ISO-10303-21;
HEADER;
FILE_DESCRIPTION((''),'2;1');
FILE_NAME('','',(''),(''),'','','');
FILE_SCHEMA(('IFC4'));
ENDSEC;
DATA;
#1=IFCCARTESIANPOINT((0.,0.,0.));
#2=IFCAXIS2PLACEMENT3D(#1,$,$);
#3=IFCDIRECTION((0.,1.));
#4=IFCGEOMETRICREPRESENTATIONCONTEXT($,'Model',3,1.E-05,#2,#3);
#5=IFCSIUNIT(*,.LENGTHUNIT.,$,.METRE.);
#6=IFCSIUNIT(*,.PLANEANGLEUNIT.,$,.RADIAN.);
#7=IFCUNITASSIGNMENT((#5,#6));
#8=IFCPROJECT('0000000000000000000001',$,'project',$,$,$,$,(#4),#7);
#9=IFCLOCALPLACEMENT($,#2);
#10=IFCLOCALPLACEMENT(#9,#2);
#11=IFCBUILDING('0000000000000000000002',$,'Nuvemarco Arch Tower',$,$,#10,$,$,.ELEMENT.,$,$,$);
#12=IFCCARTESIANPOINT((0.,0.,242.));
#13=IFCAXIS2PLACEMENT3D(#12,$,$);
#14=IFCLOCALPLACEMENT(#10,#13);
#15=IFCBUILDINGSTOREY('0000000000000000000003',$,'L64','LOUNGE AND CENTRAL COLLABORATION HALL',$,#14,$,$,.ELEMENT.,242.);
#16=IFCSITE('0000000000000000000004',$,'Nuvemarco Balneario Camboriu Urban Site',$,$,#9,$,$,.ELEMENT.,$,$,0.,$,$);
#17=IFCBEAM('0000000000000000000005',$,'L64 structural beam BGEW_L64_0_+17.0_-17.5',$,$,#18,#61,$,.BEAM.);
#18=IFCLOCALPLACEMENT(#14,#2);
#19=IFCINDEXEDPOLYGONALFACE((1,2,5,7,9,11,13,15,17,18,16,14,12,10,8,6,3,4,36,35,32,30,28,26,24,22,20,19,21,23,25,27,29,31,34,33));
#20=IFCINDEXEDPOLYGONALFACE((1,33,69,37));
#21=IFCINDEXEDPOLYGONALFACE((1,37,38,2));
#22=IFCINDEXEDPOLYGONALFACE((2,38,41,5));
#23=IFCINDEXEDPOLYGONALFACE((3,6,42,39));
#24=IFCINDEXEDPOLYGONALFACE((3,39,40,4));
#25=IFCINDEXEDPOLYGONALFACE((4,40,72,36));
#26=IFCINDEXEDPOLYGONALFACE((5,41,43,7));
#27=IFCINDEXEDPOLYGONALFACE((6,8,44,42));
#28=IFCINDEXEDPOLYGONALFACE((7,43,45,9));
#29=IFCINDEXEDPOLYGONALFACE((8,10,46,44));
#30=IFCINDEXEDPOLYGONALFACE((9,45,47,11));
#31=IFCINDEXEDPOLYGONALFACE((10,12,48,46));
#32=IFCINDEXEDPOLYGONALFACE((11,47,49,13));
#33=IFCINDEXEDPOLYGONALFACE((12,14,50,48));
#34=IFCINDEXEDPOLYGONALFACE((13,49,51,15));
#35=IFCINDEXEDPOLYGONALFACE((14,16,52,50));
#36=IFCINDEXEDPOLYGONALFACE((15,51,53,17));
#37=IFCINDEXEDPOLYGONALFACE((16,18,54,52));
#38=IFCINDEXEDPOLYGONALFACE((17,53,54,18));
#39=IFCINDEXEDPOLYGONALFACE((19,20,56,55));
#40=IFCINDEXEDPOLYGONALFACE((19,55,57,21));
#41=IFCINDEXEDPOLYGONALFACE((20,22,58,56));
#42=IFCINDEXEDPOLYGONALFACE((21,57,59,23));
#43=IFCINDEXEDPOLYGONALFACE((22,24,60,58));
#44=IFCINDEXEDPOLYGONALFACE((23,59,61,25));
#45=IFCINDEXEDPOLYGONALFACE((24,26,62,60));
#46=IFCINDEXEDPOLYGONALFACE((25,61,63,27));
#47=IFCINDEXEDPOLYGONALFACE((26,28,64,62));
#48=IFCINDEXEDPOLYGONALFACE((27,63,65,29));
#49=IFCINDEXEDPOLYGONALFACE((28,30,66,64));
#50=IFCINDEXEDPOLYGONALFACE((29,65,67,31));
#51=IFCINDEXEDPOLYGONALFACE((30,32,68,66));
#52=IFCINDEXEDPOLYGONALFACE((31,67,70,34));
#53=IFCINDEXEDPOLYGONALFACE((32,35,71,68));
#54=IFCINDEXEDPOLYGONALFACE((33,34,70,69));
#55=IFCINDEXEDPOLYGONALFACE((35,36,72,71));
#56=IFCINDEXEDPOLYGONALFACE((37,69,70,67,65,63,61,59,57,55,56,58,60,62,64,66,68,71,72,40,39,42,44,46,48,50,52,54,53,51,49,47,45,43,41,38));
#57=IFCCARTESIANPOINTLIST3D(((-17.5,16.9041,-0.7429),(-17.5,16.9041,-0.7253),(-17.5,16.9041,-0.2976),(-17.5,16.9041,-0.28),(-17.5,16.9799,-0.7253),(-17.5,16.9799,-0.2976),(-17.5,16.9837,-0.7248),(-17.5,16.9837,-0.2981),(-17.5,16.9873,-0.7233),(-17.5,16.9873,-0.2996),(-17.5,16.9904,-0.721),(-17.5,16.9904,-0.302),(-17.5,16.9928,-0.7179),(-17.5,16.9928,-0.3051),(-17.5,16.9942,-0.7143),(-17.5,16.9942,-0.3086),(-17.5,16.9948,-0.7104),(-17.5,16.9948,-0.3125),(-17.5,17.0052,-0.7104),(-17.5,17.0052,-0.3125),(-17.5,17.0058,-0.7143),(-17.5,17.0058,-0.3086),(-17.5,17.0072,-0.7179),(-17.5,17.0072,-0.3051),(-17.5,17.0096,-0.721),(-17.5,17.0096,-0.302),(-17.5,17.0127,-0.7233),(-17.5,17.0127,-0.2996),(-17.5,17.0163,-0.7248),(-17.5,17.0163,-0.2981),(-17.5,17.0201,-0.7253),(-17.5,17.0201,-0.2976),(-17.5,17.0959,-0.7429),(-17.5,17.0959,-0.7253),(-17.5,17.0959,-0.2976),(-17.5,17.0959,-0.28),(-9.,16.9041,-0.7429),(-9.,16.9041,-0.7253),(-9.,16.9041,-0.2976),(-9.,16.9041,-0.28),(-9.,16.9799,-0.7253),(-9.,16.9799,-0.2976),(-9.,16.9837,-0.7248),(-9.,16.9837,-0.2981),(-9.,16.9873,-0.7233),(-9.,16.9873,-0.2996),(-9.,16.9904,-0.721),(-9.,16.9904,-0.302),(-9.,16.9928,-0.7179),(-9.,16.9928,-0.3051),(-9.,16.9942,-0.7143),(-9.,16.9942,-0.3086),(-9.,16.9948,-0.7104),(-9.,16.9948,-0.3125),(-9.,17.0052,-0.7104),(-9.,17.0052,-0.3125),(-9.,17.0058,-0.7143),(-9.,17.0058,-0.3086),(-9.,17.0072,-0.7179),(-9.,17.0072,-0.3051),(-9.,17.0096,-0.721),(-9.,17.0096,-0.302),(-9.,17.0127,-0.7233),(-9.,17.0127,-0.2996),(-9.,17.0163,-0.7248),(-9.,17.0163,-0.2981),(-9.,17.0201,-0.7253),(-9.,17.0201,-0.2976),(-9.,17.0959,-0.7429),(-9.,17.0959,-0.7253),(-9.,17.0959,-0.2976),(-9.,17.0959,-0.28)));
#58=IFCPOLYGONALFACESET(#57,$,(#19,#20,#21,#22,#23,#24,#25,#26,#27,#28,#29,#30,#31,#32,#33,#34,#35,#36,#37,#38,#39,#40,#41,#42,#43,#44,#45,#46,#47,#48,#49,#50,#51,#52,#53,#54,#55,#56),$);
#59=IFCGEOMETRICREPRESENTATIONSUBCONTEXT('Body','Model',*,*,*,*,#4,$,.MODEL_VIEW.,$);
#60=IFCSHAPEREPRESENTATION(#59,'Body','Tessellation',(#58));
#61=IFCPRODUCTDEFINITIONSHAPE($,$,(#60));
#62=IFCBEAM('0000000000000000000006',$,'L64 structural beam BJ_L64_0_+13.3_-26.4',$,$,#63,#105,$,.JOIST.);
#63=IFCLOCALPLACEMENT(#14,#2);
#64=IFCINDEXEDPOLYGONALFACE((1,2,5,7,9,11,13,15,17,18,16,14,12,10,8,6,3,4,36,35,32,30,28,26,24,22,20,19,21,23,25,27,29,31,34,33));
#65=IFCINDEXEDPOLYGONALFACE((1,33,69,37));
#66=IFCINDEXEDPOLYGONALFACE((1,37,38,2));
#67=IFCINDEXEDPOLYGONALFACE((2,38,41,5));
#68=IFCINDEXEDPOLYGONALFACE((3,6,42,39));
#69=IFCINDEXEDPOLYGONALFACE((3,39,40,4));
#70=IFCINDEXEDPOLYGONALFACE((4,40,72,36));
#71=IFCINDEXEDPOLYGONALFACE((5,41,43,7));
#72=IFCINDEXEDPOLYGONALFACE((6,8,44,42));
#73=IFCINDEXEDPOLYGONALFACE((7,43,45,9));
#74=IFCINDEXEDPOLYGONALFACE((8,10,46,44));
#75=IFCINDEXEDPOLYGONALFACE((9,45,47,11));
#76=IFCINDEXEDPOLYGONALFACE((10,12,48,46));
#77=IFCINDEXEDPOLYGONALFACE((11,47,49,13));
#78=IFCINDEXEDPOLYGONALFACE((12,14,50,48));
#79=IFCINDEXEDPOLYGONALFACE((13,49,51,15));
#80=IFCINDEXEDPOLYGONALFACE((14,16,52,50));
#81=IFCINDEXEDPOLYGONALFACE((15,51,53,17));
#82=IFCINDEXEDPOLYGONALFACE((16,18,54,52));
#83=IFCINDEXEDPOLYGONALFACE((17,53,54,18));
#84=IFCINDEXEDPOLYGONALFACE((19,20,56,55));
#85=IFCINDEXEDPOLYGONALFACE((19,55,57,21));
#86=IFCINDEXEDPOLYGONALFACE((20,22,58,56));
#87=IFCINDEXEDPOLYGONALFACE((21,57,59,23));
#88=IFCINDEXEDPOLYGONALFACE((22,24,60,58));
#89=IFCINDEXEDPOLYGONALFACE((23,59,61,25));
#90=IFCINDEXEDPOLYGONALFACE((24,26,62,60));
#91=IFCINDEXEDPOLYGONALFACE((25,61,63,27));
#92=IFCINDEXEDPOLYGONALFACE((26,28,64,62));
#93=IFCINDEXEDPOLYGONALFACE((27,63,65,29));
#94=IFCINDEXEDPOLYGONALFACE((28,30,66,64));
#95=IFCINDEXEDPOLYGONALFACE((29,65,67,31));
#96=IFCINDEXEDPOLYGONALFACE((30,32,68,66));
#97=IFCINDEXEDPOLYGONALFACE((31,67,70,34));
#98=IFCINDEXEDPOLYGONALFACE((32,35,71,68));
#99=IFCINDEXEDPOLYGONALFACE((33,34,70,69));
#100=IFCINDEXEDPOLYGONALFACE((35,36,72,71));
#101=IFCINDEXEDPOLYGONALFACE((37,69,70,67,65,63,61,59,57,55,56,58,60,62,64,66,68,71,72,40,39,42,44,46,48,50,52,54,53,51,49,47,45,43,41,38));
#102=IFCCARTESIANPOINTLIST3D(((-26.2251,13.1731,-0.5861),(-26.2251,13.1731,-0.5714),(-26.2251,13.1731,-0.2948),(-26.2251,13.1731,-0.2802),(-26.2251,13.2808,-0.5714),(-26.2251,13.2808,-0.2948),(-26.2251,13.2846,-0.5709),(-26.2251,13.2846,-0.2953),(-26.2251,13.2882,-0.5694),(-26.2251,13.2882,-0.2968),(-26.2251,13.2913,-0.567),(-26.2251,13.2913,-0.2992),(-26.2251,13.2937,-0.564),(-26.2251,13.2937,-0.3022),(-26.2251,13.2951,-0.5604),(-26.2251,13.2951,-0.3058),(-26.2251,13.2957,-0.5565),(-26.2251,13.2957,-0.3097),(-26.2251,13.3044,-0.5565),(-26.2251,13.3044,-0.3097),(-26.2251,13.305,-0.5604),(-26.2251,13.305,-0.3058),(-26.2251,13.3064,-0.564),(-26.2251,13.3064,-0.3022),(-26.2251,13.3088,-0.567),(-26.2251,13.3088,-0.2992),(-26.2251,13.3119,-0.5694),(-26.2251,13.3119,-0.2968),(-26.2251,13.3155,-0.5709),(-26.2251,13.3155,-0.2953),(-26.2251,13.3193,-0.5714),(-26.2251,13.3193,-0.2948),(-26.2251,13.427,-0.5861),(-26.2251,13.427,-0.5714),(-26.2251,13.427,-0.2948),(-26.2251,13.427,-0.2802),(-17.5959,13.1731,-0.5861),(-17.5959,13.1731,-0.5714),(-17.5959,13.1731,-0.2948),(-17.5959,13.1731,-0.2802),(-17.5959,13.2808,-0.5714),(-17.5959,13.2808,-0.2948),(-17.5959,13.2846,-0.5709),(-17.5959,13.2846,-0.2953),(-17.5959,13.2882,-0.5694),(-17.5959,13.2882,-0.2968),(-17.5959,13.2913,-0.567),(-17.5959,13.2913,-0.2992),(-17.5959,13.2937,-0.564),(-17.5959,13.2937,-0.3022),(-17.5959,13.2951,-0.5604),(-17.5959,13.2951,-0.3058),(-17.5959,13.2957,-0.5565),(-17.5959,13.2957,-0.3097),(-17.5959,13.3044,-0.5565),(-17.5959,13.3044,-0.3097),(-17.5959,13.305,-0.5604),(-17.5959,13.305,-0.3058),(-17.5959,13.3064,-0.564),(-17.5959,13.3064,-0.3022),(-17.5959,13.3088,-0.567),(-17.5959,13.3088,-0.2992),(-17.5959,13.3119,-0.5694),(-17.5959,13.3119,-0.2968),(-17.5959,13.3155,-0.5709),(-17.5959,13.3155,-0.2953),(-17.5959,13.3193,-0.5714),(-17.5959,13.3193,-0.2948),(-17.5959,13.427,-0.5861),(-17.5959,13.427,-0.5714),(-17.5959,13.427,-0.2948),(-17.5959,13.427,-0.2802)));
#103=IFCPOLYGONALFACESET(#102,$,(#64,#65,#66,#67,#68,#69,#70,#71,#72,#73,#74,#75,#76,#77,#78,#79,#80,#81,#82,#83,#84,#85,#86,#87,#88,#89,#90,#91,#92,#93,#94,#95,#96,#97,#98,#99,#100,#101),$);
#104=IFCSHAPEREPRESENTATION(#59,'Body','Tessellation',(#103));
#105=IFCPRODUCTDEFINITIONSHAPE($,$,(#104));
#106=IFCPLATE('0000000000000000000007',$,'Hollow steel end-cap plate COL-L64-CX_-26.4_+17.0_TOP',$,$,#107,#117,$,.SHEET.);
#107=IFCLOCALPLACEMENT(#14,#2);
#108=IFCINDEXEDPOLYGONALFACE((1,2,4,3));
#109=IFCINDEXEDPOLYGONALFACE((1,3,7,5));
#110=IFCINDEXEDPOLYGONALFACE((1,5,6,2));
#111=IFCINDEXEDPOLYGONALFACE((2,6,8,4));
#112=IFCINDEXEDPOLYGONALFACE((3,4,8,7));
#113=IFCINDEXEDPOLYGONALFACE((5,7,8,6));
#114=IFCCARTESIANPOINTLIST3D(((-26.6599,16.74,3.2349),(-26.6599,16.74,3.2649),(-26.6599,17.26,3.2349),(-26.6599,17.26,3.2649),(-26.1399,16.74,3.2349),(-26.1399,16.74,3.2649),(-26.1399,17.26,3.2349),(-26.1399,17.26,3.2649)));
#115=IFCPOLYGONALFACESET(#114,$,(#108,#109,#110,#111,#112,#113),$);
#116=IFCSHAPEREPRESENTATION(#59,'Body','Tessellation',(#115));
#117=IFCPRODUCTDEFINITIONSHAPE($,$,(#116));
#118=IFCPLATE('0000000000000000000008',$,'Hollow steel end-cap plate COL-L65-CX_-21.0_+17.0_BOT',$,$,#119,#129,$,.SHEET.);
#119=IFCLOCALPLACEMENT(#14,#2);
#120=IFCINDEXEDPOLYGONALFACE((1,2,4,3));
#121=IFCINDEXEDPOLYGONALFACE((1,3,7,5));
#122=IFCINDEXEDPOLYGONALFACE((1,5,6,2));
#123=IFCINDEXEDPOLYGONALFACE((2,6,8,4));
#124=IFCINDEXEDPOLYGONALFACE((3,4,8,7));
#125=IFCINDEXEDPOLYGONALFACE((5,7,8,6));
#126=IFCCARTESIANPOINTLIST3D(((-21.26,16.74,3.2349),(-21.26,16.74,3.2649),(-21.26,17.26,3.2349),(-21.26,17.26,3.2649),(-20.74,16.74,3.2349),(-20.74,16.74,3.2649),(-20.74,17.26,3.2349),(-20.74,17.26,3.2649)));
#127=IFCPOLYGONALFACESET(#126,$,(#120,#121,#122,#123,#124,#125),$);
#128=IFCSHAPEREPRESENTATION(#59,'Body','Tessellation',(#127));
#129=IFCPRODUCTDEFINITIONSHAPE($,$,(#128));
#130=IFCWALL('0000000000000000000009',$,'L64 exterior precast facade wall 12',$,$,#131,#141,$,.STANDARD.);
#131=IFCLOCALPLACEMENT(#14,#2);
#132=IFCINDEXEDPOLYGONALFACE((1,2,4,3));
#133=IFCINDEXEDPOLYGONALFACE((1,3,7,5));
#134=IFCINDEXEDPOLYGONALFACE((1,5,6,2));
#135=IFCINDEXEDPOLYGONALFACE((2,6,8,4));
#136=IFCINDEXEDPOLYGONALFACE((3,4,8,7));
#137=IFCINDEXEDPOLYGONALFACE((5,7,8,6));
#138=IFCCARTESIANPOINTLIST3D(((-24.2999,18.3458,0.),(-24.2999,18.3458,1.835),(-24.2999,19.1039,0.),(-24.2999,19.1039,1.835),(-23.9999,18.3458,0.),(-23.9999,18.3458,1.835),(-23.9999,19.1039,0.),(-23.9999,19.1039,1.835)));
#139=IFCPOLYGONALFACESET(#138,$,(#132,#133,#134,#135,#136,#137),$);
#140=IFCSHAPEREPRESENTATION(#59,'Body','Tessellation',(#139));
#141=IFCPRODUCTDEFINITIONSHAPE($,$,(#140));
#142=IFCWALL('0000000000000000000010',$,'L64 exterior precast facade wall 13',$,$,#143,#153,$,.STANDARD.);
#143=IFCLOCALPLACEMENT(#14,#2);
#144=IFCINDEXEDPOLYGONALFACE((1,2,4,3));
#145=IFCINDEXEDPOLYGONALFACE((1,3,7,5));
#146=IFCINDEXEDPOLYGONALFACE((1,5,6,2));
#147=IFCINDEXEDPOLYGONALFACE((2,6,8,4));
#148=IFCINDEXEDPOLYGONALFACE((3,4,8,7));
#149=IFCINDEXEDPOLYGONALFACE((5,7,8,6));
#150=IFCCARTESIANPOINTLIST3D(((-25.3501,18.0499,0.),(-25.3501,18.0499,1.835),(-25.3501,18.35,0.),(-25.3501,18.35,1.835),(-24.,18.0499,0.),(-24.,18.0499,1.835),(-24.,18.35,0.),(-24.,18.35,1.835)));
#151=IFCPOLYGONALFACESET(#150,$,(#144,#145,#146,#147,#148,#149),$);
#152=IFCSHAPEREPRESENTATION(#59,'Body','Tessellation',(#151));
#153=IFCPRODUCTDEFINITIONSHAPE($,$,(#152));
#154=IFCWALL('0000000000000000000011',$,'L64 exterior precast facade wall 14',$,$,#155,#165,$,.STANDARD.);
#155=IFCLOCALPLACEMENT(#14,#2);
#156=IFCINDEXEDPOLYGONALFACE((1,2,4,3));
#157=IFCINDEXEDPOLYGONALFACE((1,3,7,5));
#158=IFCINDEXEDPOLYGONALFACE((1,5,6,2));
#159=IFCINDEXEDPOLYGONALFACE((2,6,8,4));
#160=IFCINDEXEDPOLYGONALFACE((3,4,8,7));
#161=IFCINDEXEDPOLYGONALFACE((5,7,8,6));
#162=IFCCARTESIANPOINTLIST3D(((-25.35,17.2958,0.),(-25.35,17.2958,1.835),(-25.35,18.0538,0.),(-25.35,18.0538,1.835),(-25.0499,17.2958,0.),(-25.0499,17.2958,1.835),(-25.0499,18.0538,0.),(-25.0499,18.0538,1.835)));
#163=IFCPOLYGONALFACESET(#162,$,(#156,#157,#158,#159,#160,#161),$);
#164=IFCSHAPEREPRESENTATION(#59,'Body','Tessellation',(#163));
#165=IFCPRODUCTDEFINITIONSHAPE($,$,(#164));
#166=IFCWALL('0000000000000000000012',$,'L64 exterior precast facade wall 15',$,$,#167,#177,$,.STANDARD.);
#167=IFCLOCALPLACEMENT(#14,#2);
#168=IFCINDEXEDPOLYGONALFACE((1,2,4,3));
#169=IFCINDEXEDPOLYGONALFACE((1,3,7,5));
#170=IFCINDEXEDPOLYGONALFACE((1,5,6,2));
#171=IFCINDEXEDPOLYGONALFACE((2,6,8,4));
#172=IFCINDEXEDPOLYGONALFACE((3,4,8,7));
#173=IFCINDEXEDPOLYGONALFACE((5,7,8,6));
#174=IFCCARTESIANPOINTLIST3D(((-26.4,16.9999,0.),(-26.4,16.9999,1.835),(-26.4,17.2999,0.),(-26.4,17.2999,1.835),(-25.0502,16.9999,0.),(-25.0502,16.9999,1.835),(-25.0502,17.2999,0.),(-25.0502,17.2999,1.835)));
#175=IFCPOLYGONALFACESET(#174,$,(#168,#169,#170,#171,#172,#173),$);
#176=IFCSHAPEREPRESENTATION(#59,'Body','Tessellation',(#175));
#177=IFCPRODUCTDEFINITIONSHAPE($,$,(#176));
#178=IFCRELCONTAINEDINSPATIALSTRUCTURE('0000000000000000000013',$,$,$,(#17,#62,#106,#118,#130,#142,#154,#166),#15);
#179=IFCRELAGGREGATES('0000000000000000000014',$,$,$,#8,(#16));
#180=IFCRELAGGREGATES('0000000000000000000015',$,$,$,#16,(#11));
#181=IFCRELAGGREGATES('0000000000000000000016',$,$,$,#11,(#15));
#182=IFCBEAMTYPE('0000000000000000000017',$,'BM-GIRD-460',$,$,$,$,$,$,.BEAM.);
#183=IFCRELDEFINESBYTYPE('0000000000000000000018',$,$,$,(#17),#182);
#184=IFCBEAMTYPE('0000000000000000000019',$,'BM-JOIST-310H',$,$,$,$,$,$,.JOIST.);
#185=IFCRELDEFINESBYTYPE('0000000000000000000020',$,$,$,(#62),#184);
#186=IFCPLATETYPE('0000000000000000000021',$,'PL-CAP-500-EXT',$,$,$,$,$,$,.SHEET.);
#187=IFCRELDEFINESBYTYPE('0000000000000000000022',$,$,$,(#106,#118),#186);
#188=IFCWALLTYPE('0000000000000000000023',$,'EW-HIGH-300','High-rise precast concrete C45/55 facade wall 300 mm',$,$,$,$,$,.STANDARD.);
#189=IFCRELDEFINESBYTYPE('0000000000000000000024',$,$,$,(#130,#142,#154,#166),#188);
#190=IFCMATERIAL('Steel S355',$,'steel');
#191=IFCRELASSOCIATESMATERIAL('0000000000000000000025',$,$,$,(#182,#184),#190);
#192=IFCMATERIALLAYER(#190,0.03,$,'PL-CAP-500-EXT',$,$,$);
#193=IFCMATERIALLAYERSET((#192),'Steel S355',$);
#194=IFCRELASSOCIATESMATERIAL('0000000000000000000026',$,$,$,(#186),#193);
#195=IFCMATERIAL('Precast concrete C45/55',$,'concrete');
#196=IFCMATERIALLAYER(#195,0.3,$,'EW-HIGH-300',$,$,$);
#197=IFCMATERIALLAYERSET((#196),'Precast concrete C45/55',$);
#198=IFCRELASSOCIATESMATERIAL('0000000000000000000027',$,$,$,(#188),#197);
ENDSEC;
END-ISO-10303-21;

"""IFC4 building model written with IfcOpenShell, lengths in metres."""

from ifc_helpers import new_model, si_unit, direction, frame, frame_2d, origin, origin_2d, place, context, subcontext, project, spatial, rectangle, i_section, extrude, source, transform, mapped, material, layer, layer_set, material_profile, profile_set, type_object, type_shapes, element, save


model = new_model("IFC4")

# Units and contexts
model_context = context("Model", 3, precision=1e-05, world=origin(), true_north=direction((0.0, 1.0)))
body_context = subcontext(model_context, "Body", "Model", "MODEL_VIEW")
ifc_project = project(units=[si_unit("LENGTHUNIT", "METRE"), si_unit("PLANEANGLEUNIT", "RADIAN")], contexts=[model_context])

# Site, building, storey
site_placement = place(None, origin())
site = spatial("IfcSite", under=ifc_project, at=site_placement, Name="Nuvemarco Balneario Camboriu Urban Site", CompositionType="ELEMENT", RefElevation=0.0)
building_placement = place(site_placement, origin())
building = spatial("IfcBuilding", under=site, at=building_placement, Name="Nuvemarco Arch Tower", CompositionType="ELEMENT")
storey_placement = place(building_placement, frame((0.0, 0.0, 242.0)))
storey = spatial("IfcBuildingStorey", under=building, at=storey_placement, Name="L64", Description="LOUNGE AND CENTRAL COLLABORATION HALL", CompositionType="ELEMENT", Elevation=242.0)

# Shared definitions
ifc_material_1 = material(Name="Steel S355", Category="steel")

# Beams
ifc_material_profile_1 = material_profile(ifc_material_1, i_section(OverallWidth=0.1919, OverallDepth=0.4629, WebThickness=0.0105, FlangeThickness=0.0176, FilletRadius=0.0149, at=origin_2d()), Name="W460x89")
ifc_profile_set_1 = profile_set([ifc_material_profile_1], Name="Steel S355")
beam_type_1 = type_object("IfcBeamType", Name="BM-GIRD-460", PredefinedType="BEAM", material=ifc_profile_set_1)
beam_1_placement = place(storey_placement, frame((-17.5, 17.0, -0.5115), z_axis=(1.0, 0.0, 0.0), x_axis=(0.0, 1.0, 0.0)))
element("IfcBeam", 1, at=beam_1_placement, inside=storey, type_object=beam_type_1, Name="L64 structural beam BGEW_L64_0_+17.0_-17.5", PredefinedType="BEAM", context=body_context, shape_type="SweptSolid", body=[
    extrude(i_section(OverallWidth=0.1919, OverallDepth=0.4629, WebThickness=0.0105, FlangeThickness=0.0176, FilletRadius=0.0149, at=origin_2d()), origin(), (0.0, 0.0, 1.0), 8.5),
])
ifc_material_profile_2 = material_profile(ifc_material_1, i_section(OverallWidth=0.2539, OverallDepth=0.3059, WebThickness=0.0088, FlangeThickness=0.0146, FilletRadius=0.0149, at=origin_2d()), Name="W310x79")
ifc_profile_set_2 = profile_set([ifc_material_profile_2], Name="Steel S355")
beam_type_2 = type_object("IfcBeamType", Name="BM-JOIST-310H", PredefinedType="JOIST", material=ifc_profile_set_2)
beam_2_placement = place(storey_placement, frame((-26.2251, 13.3, -0.4331), z_axis=(1.0, 0.0, 0.0), x_axis=(0.0, 1.0, 0.0)))
element("IfcBeam", 2, at=beam_2_placement, inside=storey, type_object=beam_type_2, Name="L64 structural beam BJ_L64_0_+13.3_-26.4", PredefinedType="JOIST", context=body_context, shape_type="SweptSolid", body=[
    extrude(i_section(OverallWidth=0.2539, OverallDepth=0.3059, WebThickness=0.0088, FlangeThickness=0.0146, FilletRadius=0.0149, at=origin_2d()), origin(), (0.0, 0.0, 1.0), 8.6292),
])

# Plates
ifc_layer_1 = layer(ifc_material_1, 0.03, Name="PL-CAP-500-EXT")
ifc_layer_set_1 = layer_set([ifc_layer_1], Name="Steel S355")
plate_type = type_object("IfcPlateType", Name="PL-CAP-500-EXT", PredefinedType="SHEET", material=ifc_layer_set_1)
shared_shape_1 = source(origin(), body_context, "Body", "SweptSolid", [
    extrude(rectangle(XDim=0.52, YDim=0.52, at=origin_2d()), origin(), (0.0, 0.0, 1.0), 0.03),
])
type_shapes(plate_type, [shared_shape_1])
for number, where, z_axis, x_axis, name in (
    (3, (-26.3999, 17.0, 3.2349), (0.0, 0.0, 1.0), (1.0, 0.0, 0.0), "Hollow steel end-cap plate COL-L64-CX_-26.4_+17.0_TOP"),
    (4, (-21.0, 17.0, 3.2349), (0.0, 0.0, 1.0), (1.0, 0.0, 0.0), "Hollow steel end-cap plate COL-L65-CX_-21.0_+17.0_BOT"),
):
    element("IfcPlate", number, at=place(storey_placement, frame(where, z_axis=z_axis, x_axis=x_axis)), inside=storey, type_object=plate_type, Name=name, PredefinedType="SHEET", context=body_context, shape_type="MappedRepresentation", body=[
        mapped(shared_shape_1, transform((0.0, 0.0, 0.0), scale=1.0)),
    ])

# Shared definitions
ifc_material_2 = material(Name="Precast concrete C45/55", Category="concrete")
ifc_layer_2 = layer(ifc_material_2, 0.3, Name="EW-HIGH-300")
ifc_layer_set_2 = layer_set([ifc_layer_2], Name="Precast concrete C45/55")
wall_type_1 = type_object("IfcWallType", Name="EW-HIGH-300", Description="High-rise precast concrete C45/55 facade wall 300 mm", PredefinedType="STANDARD", material=ifc_layer_set_2)

# Walls
wall_1_placement = place(storey_placement, frame((-24.1499, 18.3459, 0.0), z_axis=(0.0, 0.0, 1.0), x_axis=(0.0, 1.0, 0.0)))
element("IfcWall", 5, at=wall_1_placement, inside=storey, type_object=wall_type_1, Name="L64 exterior precast facade wall 12", PredefinedType="STANDARD", context=body_context, shape_type="SweptSolid", body=[
    extrude(rectangle(XDim=0.7581, YDim=0.3, at=frame_2d((0.3789, 0.0))), origin(), (0.0, 0.0, 1.0), 1.835),
])
wall_2_placement = place(storey_placement, frame((-25.3501, 18.2, 0.0), z_axis=(0.0, 0.0, 1.0), x_axis=(1.0, 0.0, 0.0)))
element("IfcWall", 6, at=wall_2_placement, inside=storey, type_object=wall_type_1, Name="L64 exterior precast facade wall 13", PredefinedType="STANDARD", context=body_context, shape_type="SweptSolid", body=[
    extrude(rectangle(XDim=1.3501, YDim=0.3, at=frame_2d((0.675, 0.0))), origin(), (0.0, 0.0, 1.0), 1.835),
])
wall_3_placement = place(storey_placement, frame((-25.2, 17.2959, 0.0), z_axis=(0.0, 0.0, 1.0), x_axis=(0.0, 1.0, 0.0)))
element("IfcWall", 7, at=wall_3_placement, inside=storey, type_object=wall_type_1, Name="L64 exterior precast facade wall 14", PredefinedType="STANDARD", context=body_context, shape_type="SweptSolid", body=[
    extrude(rectangle(XDim=0.7581, YDim=0.3, at=frame_2d((0.3789, 0.0))), origin(), (0.0, 0.0, 1.0), 1.835),
])
wall_4_placement = place(storey_placement, frame((-26.3999, 17.1499, 0.0), z_axis=(0.0, 0.0, 1.0), x_axis=(1.0, 0.0, 0.0)))
element("IfcWall", 8, at=wall_4_placement, inside=storey, type_object=wall_type_1, Name="L64 exterior precast facade wall 15", PredefinedType="STANDARD", context=body_context, shape_type="SweptSolid", body=[
    extrude(rectangle(XDim=1.3499, YDim=0.3, at=frame_2d((0.6748, 0.0))), origin(), (0.0, 0.0, 1.0), 1.835),
])

save(model, "model.ifc")
